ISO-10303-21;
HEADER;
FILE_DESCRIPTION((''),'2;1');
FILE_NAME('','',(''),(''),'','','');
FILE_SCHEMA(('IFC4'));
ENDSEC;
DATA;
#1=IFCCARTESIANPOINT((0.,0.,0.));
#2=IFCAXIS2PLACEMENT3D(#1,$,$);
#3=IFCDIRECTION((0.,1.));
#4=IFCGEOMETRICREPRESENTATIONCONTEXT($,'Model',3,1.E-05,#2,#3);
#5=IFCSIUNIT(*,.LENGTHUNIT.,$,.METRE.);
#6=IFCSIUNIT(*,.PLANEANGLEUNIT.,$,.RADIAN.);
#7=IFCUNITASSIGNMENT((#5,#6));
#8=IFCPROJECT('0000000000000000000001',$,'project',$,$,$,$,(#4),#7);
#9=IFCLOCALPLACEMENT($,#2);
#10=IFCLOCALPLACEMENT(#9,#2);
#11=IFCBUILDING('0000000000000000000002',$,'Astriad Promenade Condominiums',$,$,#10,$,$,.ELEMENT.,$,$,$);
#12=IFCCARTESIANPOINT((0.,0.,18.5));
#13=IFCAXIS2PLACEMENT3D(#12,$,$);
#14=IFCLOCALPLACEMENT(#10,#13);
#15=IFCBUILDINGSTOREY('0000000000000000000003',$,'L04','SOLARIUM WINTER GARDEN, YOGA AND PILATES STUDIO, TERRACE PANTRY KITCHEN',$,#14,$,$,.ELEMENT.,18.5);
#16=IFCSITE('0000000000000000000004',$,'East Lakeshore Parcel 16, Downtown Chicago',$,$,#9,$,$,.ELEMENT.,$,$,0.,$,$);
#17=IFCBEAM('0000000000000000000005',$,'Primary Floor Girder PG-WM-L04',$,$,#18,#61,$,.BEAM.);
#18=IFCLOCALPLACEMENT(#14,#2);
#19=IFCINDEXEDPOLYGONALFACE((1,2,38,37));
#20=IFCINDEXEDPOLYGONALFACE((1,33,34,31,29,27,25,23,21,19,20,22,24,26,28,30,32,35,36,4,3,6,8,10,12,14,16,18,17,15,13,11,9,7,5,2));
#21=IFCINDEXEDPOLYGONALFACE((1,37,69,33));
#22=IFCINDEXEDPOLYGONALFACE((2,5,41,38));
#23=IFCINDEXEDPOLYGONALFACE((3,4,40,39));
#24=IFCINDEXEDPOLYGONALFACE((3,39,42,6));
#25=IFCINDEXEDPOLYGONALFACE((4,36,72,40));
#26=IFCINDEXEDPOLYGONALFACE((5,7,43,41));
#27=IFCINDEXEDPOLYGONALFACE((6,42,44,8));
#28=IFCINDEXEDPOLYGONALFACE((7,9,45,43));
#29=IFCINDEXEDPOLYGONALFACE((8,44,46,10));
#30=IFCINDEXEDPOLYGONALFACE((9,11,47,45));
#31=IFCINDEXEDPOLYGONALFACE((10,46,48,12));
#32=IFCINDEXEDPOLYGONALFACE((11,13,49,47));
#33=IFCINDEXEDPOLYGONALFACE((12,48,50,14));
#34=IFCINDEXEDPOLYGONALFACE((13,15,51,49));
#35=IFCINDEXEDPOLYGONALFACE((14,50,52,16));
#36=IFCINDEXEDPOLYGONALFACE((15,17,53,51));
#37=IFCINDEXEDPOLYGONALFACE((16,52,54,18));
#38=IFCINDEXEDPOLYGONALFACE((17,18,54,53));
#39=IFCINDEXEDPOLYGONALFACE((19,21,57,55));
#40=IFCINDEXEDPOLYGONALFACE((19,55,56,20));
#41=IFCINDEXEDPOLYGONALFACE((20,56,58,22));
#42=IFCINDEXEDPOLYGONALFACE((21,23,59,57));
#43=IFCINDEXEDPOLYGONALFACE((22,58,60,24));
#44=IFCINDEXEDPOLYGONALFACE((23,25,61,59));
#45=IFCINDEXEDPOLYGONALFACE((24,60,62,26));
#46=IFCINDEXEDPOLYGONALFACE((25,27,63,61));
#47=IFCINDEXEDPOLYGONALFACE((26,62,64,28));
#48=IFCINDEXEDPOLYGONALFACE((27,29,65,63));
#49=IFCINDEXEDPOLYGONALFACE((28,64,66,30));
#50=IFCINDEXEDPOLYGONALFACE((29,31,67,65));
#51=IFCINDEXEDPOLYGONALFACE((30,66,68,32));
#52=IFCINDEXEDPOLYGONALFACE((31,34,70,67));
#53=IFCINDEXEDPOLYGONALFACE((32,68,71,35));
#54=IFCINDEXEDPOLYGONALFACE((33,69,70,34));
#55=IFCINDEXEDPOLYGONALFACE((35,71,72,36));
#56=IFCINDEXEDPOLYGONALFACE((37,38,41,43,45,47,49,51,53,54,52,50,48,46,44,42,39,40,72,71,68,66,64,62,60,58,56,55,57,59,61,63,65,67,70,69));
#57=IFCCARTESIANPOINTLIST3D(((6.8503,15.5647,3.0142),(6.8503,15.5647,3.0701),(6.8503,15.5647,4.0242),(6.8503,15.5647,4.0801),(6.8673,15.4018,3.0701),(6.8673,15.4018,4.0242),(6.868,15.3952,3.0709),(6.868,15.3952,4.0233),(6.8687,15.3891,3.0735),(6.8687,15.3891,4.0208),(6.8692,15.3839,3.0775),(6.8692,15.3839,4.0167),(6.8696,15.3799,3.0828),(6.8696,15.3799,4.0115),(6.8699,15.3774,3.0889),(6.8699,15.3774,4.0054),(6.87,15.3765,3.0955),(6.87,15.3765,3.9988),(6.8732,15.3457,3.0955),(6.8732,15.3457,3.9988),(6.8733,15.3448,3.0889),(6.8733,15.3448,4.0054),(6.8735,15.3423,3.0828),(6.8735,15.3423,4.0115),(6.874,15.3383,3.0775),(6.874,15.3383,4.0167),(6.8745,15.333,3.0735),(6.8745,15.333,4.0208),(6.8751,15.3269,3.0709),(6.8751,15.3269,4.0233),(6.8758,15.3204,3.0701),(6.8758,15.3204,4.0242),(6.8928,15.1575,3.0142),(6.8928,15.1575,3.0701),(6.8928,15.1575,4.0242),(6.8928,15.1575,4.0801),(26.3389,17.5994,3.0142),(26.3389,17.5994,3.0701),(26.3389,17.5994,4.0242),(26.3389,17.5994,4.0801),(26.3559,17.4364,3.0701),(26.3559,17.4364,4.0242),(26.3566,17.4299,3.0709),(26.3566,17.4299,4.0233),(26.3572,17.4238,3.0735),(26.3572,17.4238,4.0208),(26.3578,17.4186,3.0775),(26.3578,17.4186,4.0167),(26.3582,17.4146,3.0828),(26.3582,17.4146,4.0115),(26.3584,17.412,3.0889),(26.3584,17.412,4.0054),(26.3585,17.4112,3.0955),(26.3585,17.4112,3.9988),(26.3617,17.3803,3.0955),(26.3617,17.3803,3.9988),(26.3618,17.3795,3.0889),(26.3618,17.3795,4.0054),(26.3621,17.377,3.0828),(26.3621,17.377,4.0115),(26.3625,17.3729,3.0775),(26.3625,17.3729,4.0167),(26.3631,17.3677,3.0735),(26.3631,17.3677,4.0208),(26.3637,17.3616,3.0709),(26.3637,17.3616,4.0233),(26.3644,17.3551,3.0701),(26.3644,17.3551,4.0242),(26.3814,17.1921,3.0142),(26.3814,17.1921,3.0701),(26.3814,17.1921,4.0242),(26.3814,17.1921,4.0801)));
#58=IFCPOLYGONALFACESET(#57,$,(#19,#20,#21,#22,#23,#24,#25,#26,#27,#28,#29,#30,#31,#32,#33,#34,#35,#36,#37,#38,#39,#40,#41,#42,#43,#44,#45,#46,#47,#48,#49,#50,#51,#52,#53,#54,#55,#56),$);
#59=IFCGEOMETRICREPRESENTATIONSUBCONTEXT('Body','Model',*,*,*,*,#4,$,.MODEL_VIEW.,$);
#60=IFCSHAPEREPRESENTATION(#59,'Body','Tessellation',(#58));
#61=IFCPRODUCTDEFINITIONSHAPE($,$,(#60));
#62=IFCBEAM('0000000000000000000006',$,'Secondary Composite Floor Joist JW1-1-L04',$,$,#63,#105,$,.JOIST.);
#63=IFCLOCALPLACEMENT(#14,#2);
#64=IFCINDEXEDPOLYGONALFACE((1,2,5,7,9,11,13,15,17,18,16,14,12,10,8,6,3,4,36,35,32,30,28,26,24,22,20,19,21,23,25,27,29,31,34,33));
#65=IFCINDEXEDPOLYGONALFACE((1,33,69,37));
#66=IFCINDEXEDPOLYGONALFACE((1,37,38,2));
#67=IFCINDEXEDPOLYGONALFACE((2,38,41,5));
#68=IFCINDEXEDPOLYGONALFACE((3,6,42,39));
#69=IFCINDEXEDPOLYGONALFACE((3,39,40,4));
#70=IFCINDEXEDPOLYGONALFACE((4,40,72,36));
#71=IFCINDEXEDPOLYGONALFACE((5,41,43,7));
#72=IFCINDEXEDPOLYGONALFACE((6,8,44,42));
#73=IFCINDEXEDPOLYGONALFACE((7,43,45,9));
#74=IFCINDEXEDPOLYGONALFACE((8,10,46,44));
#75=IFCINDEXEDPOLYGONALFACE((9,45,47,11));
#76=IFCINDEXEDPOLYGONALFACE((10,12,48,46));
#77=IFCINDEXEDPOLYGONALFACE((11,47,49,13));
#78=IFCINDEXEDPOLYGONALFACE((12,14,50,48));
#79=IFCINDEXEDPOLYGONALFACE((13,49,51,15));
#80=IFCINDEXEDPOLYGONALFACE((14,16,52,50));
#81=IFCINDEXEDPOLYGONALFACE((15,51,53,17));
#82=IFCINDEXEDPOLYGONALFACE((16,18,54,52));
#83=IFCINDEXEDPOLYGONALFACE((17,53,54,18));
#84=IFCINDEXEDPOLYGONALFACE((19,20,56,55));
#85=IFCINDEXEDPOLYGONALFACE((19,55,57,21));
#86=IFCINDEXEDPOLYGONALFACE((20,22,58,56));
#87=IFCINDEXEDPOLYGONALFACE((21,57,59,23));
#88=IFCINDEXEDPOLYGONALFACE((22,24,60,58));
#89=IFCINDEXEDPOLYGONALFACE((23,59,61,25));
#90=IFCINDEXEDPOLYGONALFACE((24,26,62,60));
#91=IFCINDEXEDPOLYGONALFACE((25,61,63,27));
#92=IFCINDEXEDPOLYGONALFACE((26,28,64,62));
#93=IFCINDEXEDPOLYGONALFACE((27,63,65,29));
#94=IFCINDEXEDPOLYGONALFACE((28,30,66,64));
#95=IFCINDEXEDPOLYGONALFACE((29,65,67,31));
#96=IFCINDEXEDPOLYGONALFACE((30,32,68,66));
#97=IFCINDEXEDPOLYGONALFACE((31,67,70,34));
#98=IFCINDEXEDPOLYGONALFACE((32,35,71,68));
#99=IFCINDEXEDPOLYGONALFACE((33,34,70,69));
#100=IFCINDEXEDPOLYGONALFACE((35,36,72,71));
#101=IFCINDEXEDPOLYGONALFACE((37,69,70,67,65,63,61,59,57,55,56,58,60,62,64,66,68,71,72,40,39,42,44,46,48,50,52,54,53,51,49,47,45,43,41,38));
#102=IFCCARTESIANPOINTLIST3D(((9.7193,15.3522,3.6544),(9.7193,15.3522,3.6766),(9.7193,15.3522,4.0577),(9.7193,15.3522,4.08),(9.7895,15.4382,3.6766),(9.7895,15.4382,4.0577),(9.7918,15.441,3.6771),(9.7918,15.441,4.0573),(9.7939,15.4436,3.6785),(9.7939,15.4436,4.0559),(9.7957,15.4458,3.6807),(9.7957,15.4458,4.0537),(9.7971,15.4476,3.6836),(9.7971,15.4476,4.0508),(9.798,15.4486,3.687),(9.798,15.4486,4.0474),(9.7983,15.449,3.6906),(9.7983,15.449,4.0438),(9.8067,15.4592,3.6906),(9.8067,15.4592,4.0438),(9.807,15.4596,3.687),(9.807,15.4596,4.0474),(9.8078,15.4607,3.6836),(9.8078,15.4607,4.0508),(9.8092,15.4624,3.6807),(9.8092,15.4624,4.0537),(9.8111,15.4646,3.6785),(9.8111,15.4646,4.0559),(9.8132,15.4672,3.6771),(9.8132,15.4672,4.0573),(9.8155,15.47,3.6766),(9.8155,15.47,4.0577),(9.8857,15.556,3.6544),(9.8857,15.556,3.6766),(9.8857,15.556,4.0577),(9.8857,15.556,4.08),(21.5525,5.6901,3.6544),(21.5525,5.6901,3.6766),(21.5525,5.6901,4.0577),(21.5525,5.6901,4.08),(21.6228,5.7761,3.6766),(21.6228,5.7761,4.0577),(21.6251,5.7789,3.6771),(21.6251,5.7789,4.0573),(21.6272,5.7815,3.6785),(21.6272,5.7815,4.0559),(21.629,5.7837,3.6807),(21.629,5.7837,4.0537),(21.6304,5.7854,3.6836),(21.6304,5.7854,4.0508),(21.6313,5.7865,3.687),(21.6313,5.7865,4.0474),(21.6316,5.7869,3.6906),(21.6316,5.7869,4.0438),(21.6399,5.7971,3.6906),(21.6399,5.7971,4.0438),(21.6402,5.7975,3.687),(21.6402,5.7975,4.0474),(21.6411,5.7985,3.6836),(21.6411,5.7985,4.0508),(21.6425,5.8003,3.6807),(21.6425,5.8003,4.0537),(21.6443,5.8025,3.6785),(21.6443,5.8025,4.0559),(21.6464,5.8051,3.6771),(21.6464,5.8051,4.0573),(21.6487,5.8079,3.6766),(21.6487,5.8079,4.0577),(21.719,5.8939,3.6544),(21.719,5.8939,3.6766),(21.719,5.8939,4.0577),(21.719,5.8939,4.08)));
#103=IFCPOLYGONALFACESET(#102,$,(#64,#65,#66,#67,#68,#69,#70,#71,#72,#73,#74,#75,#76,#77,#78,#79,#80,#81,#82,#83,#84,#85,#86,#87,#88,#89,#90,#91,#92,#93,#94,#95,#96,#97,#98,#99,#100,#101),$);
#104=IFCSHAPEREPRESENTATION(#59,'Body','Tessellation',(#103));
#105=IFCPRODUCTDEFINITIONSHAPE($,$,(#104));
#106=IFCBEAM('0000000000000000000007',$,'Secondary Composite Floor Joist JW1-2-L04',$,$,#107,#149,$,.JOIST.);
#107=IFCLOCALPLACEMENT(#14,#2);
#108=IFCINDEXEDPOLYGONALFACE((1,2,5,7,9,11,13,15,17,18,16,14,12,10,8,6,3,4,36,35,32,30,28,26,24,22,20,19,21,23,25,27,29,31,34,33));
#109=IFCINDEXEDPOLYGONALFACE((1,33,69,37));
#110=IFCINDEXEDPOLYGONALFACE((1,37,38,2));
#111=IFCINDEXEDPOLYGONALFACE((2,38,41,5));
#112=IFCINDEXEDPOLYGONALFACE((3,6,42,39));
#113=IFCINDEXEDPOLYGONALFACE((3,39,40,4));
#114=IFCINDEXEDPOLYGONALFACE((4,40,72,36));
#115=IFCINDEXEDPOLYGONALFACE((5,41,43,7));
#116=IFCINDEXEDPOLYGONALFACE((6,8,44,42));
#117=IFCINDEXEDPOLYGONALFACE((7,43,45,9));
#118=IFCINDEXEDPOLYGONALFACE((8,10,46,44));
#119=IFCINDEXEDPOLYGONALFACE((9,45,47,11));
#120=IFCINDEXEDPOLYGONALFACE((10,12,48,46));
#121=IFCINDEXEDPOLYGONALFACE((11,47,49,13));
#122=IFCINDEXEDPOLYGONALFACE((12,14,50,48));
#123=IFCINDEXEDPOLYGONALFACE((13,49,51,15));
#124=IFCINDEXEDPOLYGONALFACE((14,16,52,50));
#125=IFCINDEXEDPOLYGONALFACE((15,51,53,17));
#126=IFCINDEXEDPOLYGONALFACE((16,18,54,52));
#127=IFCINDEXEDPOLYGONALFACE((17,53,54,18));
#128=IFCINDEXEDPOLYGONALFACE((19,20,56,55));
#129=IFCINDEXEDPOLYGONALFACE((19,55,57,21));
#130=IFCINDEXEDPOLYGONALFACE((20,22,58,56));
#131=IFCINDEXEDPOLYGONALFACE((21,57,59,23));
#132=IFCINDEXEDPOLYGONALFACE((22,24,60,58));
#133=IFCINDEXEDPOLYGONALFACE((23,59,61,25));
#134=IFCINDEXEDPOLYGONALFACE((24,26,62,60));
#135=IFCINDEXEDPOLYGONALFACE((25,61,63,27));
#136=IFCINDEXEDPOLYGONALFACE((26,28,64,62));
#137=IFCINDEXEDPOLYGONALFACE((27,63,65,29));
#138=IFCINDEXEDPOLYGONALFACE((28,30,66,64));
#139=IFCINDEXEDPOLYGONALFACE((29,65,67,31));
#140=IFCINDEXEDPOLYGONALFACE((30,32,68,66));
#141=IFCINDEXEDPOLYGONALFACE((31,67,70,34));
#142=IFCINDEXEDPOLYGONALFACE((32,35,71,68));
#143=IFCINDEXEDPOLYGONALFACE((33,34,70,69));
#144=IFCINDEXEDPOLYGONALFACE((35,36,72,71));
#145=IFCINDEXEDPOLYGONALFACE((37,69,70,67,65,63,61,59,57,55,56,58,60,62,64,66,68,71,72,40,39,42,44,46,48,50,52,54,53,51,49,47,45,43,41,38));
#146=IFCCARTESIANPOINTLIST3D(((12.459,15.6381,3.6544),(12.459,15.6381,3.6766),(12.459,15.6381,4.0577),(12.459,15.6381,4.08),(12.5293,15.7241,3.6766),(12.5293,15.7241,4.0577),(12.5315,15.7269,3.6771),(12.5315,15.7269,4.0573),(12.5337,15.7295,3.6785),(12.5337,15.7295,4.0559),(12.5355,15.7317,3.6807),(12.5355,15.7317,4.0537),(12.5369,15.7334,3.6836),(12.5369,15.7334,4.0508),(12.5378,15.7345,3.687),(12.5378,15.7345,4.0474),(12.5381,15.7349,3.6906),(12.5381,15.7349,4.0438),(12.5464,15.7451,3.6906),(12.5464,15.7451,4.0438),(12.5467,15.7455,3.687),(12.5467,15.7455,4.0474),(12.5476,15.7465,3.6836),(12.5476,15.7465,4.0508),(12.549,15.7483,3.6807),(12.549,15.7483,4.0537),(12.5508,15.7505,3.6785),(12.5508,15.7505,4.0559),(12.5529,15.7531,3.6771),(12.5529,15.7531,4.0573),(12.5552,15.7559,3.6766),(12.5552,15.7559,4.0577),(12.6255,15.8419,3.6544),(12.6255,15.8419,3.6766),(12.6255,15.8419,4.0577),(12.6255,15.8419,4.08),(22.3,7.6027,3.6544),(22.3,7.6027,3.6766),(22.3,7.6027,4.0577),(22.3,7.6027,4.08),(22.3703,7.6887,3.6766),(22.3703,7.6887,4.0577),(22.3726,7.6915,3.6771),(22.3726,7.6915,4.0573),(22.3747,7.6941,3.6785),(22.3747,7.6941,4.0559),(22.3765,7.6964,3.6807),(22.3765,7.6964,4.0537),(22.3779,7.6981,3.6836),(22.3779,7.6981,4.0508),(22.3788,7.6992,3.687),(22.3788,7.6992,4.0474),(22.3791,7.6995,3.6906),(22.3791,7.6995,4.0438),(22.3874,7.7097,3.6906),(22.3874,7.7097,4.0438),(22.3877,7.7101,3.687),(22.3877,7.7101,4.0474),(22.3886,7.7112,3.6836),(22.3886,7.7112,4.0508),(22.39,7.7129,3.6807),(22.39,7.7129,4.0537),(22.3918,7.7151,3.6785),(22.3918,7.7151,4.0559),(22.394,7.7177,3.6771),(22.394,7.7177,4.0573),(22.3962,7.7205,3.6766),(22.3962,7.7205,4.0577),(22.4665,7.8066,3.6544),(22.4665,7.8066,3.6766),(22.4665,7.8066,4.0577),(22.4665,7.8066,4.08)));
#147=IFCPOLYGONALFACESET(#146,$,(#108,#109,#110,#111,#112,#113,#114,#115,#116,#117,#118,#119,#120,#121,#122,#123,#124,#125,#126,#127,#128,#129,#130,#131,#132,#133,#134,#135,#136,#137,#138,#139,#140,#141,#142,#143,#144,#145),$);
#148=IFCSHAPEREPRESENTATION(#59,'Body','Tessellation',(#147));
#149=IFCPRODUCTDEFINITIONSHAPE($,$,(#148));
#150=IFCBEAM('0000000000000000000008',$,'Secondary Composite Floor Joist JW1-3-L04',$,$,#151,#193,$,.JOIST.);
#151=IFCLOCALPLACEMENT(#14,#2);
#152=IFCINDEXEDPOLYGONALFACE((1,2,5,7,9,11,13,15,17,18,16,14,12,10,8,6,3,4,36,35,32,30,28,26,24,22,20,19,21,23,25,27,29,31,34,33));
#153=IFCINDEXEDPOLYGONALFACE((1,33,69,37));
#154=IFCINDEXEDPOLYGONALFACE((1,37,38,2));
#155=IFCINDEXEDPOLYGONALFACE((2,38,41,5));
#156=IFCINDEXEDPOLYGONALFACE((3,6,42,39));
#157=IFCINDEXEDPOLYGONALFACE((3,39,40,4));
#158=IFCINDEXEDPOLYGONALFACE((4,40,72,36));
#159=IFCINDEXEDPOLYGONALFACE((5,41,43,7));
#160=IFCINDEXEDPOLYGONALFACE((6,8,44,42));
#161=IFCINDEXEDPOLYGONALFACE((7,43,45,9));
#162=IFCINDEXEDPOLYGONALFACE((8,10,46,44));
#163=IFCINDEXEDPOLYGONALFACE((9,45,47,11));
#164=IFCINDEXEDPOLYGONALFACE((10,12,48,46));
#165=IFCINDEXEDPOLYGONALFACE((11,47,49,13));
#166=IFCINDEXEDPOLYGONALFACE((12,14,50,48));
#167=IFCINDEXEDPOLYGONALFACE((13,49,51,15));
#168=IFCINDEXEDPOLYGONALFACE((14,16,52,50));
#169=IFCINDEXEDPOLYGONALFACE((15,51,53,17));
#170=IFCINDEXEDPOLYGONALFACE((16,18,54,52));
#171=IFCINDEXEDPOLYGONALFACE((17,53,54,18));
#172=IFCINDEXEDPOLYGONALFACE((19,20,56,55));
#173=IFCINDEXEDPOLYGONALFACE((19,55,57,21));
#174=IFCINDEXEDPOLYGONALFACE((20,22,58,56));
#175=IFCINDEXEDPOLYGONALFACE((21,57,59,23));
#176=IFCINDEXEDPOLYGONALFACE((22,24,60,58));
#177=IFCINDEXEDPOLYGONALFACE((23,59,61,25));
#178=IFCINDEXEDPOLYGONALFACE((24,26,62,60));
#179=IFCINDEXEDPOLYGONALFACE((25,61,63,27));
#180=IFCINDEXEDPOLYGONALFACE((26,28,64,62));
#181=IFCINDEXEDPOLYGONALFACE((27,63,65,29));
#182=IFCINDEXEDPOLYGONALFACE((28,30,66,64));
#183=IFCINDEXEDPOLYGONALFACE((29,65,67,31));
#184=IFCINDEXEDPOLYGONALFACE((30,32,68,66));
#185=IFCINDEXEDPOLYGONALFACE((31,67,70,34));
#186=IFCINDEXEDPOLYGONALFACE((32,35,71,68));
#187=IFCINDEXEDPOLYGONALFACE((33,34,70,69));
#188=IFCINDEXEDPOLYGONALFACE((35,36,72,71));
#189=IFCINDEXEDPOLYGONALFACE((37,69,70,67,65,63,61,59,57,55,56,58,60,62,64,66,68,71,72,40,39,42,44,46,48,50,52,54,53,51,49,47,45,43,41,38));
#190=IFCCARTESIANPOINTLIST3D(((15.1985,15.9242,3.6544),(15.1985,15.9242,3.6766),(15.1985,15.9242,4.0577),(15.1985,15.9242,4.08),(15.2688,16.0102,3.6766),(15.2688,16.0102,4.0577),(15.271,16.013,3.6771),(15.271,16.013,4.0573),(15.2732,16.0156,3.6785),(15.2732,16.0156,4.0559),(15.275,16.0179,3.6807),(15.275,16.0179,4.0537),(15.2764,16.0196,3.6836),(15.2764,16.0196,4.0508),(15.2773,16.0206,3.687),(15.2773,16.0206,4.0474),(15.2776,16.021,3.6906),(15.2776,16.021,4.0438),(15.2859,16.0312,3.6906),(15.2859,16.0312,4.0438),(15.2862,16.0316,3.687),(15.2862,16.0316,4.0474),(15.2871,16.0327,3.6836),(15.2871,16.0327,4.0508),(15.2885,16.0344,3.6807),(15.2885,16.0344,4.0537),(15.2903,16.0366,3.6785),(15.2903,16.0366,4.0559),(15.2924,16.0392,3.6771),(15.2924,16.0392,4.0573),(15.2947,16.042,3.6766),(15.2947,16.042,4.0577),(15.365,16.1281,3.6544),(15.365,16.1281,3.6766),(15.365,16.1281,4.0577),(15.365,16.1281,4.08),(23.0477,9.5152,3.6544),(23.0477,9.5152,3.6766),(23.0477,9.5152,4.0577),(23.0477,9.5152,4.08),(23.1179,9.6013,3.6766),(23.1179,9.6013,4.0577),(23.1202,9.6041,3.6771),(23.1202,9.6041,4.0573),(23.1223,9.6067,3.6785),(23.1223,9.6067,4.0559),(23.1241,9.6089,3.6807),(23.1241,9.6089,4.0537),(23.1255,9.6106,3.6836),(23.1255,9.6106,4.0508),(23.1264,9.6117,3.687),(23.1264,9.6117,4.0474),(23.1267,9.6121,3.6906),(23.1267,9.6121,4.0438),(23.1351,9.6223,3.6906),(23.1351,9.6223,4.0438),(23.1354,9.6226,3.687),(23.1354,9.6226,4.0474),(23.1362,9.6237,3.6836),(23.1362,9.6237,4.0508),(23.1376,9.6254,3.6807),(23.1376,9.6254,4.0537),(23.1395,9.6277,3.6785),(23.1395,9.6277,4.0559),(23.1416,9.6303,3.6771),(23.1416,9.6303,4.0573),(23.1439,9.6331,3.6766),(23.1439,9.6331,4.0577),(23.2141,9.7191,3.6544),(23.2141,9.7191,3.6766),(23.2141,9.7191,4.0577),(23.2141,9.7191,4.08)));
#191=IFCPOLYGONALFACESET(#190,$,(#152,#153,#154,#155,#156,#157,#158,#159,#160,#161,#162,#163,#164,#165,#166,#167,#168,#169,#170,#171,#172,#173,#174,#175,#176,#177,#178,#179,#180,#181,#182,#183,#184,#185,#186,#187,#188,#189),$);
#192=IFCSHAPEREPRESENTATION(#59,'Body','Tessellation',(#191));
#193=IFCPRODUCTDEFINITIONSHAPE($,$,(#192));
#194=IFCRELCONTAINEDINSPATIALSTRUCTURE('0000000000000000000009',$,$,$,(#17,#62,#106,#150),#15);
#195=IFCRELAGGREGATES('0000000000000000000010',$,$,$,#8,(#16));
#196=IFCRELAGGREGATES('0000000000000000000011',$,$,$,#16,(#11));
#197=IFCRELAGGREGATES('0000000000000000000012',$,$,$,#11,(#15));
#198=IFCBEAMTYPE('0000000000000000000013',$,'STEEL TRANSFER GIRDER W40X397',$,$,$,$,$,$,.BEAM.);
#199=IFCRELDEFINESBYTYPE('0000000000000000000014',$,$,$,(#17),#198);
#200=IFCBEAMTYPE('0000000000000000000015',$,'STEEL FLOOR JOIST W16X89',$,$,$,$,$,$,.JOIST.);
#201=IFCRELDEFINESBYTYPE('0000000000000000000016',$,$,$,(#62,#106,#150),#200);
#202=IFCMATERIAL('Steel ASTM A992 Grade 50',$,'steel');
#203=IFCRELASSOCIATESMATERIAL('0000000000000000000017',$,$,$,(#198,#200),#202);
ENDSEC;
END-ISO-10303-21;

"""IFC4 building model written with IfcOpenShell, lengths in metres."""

from ifc_helpers import new_model, si_unit, direction, frame, origin, origin_2d, place, context, subcontext, project, spatial, i_section, extrude, source, transform, mapped, material, material_profile, profile_set, type_object, type_shapes, element, save


model = new_model("IFC4")

# Units and contexts
model_context = context("Model", 3, precision=1e-05, world=origin(), true_north=direction((0.0, 1.0)))
body_context = subcontext(model_context, "Body", "Model", "MODEL_VIEW")
ifc_project = project(units=[si_unit("LENGTHUNIT", "METRE"), si_unit("PLANEANGLEUNIT", "RADIAN")], contexts=[model_context])

# Site, building, storey
site_placement = place(None, origin())
site = spatial("IfcSite", under=ifc_project, at=site_placement, Name="East Lakeshore Parcel 16, Downtown Chicago", CompositionType="ELEMENT", RefElevation=0.0)
building_placement = place(site_placement, origin())
building = spatial("IfcBuilding", under=site, at=building_placement, Name="Astriad Promenade Condominiums", CompositionType="ELEMENT")
storey_placement = place(building_placement, frame((0.0, 0.0, 18.5)))
storey = spatial("IfcBuildingStorey", under=building, at=storey_placement, Name="L04", Description="SOLARIUM WINTER GARDEN, YOGA AND PILATES STUDIO, TERRACE PANTRY KITCHEN", CompositionType="ELEMENT", Elevation=18.5)

# Shared definitions
ifc_material_1 = material(Name="Steel ASTM A992 Grade 50", Category="steel")

# Beams
ifc_material_profile_1 = material_profile(ifc_material_1, i_section(OverallWidth=0.4094, OverallDepth=1.0659, WebThickness=0.031, FlangeThickness=0.0559, FilletRadius=0.0254, at=origin_2d()), Name="W40X397")
ifc_profile_set_1 = profile_set([ifc_material_profile_1], Name="Steel ASTM A992 Grade 50")
beam_type_1 = type_object("IfcBeamType", Name="STEEL TRANSFER GIRDER W40X397", PredefinedType="BEAM", material=ifc_profile_set_1)
shared_shape_1 = source(origin(), body_context, "Body", "SweptSolid", [
    extrude(i_section(OverallWidth=0.4094, OverallDepth=1.0659, WebThickness=0.031, FlangeThickness=0.0559, FilletRadius=0.0254, at=origin_2d()), origin(), (0.0, 0.0, 1.0), 19.5945),
])
type_shapes(beam_type_1, [shared_shape_1])
beam_1_placement = place(storey_placement, frame((6.8716, 15.3611, 3.5471), z_axis=(0.994594, 0.103839, 0.0), x_axis=(-0.103839, 0.994594, 0.0)))
element("IfcBeam", 1, at=beam_1_placement, inside=storey, type_object=beam_type_1, Name="Primary Floor Girder PG-WM-L04", PredefinedType="BEAM", context=body_context, shape_type="MappedRepresentation", body=[
    mapped(shared_shape_1, transform((0.0, 0.0, 0.0), scale=1.0)),
])
ifc_material_profile_2 = material_profile(ifc_material_1, i_section(OverallWidth=0.2632, OverallDepth=0.4255, WebThickness=0.0132, FlangeThickness=0.0222, FilletRadius=0.0139, at=origin_2d()), Name="W16X89")
ifc_profile_set_2 = profile_set([ifc_material_profile_2], Name="Steel ASTM A992 Grade 50")
beam_type_2 = type_object("IfcBeamType", Name="STEEL FLOOR JOIST W16X89", PredefinedType="JOIST", material=ifc_profile_set_2)
shared_shape_2 = source(origin(), body_context, "Body", "SweptSolid", [
    extrude(i_section(OverallWidth=0.2632, OverallDepth=0.4255, WebThickness=0.0132, FlangeThickness=0.0222, FilletRadius=0.0139, at=origin_2d()), origin(), (0.0, 0.0, 1.0), 15.2769),
])
beam_2_placement = place(storey_placement, frame((9.8025, 15.4541, 3.8672), z_axis=(0.774587, -0.632467, 0.0), x_axis=(0.632467, 0.774587, 0.0)))
element("IfcBeam", 2, at=beam_2_placement, inside=storey, type_object=beam_type_2, Name="Secondary Composite Floor Joist JW1-1-L04", PredefinedType="JOIST", context=body_context, shape_type="MappedRepresentation", body=[
    mapped(shared_shape_2, transform((0.0, 0.0, 0.0), scale=1.0)),
])
shared_shape_3 = source(origin(), body_context, "Body", "SweptSolid", [
    extrude(i_section(OverallWidth=0.2632, OverallDepth=0.4255, WebThickness=0.0132, FlangeThickness=0.0222, FilletRadius=0.0139, at=origin_2d()), origin(), (0.0, 0.0, 1.0), 12.7048),
])
beam_3_placement = place(storey_placement, frame((12.5422, 15.74, 3.8672), z_axis=(0.774589, -0.632465, 0.0), x_axis=(0.632465, 0.774589, 0.0)))
element("IfcBeam", 3, at=beam_3_placement, inside=storey, type_object=beam_type_2, Name="Secondary Composite Floor Joist JW1-2-L04", PredefinedType="JOIST", context=body_context, shape_type="MappedRepresentation", body=[
    mapped(shared_shape_3, transform((0.0, 0.0, 0.0), scale=1.0)),
])
shared_shape_4 = source(origin(), body_context, "Body", "SweptSolid", [
    extrude(i_section(OverallWidth=0.2632, OverallDepth=0.4255, WebThickness=0.0132, FlangeThickness=0.0222, FilletRadius=0.0139, at=origin_2d()), origin(), (0.0, 0.0, 1.0), 10.1333),
])
beam_4_placement = place(storey_placement, frame((15.2817, 16.0261, 3.8672), z_axis=(0.774589, -0.632465, 0.0), x_axis=(0.632465, 0.774589, 0.0)))
element("IfcBeam", 4, at=beam_4_placement, inside=storey, type_object=beam_type_2, Name="Secondary Composite Floor Joist JW1-3-L04", PredefinedType="JOIST", context=body_context, shape_type="MappedRepresentation", body=[
    mapped(shared_shape_4, transform((0.0, 0.0, 0.0), scale=1.0)),
])

save(model, "model.ifc")
